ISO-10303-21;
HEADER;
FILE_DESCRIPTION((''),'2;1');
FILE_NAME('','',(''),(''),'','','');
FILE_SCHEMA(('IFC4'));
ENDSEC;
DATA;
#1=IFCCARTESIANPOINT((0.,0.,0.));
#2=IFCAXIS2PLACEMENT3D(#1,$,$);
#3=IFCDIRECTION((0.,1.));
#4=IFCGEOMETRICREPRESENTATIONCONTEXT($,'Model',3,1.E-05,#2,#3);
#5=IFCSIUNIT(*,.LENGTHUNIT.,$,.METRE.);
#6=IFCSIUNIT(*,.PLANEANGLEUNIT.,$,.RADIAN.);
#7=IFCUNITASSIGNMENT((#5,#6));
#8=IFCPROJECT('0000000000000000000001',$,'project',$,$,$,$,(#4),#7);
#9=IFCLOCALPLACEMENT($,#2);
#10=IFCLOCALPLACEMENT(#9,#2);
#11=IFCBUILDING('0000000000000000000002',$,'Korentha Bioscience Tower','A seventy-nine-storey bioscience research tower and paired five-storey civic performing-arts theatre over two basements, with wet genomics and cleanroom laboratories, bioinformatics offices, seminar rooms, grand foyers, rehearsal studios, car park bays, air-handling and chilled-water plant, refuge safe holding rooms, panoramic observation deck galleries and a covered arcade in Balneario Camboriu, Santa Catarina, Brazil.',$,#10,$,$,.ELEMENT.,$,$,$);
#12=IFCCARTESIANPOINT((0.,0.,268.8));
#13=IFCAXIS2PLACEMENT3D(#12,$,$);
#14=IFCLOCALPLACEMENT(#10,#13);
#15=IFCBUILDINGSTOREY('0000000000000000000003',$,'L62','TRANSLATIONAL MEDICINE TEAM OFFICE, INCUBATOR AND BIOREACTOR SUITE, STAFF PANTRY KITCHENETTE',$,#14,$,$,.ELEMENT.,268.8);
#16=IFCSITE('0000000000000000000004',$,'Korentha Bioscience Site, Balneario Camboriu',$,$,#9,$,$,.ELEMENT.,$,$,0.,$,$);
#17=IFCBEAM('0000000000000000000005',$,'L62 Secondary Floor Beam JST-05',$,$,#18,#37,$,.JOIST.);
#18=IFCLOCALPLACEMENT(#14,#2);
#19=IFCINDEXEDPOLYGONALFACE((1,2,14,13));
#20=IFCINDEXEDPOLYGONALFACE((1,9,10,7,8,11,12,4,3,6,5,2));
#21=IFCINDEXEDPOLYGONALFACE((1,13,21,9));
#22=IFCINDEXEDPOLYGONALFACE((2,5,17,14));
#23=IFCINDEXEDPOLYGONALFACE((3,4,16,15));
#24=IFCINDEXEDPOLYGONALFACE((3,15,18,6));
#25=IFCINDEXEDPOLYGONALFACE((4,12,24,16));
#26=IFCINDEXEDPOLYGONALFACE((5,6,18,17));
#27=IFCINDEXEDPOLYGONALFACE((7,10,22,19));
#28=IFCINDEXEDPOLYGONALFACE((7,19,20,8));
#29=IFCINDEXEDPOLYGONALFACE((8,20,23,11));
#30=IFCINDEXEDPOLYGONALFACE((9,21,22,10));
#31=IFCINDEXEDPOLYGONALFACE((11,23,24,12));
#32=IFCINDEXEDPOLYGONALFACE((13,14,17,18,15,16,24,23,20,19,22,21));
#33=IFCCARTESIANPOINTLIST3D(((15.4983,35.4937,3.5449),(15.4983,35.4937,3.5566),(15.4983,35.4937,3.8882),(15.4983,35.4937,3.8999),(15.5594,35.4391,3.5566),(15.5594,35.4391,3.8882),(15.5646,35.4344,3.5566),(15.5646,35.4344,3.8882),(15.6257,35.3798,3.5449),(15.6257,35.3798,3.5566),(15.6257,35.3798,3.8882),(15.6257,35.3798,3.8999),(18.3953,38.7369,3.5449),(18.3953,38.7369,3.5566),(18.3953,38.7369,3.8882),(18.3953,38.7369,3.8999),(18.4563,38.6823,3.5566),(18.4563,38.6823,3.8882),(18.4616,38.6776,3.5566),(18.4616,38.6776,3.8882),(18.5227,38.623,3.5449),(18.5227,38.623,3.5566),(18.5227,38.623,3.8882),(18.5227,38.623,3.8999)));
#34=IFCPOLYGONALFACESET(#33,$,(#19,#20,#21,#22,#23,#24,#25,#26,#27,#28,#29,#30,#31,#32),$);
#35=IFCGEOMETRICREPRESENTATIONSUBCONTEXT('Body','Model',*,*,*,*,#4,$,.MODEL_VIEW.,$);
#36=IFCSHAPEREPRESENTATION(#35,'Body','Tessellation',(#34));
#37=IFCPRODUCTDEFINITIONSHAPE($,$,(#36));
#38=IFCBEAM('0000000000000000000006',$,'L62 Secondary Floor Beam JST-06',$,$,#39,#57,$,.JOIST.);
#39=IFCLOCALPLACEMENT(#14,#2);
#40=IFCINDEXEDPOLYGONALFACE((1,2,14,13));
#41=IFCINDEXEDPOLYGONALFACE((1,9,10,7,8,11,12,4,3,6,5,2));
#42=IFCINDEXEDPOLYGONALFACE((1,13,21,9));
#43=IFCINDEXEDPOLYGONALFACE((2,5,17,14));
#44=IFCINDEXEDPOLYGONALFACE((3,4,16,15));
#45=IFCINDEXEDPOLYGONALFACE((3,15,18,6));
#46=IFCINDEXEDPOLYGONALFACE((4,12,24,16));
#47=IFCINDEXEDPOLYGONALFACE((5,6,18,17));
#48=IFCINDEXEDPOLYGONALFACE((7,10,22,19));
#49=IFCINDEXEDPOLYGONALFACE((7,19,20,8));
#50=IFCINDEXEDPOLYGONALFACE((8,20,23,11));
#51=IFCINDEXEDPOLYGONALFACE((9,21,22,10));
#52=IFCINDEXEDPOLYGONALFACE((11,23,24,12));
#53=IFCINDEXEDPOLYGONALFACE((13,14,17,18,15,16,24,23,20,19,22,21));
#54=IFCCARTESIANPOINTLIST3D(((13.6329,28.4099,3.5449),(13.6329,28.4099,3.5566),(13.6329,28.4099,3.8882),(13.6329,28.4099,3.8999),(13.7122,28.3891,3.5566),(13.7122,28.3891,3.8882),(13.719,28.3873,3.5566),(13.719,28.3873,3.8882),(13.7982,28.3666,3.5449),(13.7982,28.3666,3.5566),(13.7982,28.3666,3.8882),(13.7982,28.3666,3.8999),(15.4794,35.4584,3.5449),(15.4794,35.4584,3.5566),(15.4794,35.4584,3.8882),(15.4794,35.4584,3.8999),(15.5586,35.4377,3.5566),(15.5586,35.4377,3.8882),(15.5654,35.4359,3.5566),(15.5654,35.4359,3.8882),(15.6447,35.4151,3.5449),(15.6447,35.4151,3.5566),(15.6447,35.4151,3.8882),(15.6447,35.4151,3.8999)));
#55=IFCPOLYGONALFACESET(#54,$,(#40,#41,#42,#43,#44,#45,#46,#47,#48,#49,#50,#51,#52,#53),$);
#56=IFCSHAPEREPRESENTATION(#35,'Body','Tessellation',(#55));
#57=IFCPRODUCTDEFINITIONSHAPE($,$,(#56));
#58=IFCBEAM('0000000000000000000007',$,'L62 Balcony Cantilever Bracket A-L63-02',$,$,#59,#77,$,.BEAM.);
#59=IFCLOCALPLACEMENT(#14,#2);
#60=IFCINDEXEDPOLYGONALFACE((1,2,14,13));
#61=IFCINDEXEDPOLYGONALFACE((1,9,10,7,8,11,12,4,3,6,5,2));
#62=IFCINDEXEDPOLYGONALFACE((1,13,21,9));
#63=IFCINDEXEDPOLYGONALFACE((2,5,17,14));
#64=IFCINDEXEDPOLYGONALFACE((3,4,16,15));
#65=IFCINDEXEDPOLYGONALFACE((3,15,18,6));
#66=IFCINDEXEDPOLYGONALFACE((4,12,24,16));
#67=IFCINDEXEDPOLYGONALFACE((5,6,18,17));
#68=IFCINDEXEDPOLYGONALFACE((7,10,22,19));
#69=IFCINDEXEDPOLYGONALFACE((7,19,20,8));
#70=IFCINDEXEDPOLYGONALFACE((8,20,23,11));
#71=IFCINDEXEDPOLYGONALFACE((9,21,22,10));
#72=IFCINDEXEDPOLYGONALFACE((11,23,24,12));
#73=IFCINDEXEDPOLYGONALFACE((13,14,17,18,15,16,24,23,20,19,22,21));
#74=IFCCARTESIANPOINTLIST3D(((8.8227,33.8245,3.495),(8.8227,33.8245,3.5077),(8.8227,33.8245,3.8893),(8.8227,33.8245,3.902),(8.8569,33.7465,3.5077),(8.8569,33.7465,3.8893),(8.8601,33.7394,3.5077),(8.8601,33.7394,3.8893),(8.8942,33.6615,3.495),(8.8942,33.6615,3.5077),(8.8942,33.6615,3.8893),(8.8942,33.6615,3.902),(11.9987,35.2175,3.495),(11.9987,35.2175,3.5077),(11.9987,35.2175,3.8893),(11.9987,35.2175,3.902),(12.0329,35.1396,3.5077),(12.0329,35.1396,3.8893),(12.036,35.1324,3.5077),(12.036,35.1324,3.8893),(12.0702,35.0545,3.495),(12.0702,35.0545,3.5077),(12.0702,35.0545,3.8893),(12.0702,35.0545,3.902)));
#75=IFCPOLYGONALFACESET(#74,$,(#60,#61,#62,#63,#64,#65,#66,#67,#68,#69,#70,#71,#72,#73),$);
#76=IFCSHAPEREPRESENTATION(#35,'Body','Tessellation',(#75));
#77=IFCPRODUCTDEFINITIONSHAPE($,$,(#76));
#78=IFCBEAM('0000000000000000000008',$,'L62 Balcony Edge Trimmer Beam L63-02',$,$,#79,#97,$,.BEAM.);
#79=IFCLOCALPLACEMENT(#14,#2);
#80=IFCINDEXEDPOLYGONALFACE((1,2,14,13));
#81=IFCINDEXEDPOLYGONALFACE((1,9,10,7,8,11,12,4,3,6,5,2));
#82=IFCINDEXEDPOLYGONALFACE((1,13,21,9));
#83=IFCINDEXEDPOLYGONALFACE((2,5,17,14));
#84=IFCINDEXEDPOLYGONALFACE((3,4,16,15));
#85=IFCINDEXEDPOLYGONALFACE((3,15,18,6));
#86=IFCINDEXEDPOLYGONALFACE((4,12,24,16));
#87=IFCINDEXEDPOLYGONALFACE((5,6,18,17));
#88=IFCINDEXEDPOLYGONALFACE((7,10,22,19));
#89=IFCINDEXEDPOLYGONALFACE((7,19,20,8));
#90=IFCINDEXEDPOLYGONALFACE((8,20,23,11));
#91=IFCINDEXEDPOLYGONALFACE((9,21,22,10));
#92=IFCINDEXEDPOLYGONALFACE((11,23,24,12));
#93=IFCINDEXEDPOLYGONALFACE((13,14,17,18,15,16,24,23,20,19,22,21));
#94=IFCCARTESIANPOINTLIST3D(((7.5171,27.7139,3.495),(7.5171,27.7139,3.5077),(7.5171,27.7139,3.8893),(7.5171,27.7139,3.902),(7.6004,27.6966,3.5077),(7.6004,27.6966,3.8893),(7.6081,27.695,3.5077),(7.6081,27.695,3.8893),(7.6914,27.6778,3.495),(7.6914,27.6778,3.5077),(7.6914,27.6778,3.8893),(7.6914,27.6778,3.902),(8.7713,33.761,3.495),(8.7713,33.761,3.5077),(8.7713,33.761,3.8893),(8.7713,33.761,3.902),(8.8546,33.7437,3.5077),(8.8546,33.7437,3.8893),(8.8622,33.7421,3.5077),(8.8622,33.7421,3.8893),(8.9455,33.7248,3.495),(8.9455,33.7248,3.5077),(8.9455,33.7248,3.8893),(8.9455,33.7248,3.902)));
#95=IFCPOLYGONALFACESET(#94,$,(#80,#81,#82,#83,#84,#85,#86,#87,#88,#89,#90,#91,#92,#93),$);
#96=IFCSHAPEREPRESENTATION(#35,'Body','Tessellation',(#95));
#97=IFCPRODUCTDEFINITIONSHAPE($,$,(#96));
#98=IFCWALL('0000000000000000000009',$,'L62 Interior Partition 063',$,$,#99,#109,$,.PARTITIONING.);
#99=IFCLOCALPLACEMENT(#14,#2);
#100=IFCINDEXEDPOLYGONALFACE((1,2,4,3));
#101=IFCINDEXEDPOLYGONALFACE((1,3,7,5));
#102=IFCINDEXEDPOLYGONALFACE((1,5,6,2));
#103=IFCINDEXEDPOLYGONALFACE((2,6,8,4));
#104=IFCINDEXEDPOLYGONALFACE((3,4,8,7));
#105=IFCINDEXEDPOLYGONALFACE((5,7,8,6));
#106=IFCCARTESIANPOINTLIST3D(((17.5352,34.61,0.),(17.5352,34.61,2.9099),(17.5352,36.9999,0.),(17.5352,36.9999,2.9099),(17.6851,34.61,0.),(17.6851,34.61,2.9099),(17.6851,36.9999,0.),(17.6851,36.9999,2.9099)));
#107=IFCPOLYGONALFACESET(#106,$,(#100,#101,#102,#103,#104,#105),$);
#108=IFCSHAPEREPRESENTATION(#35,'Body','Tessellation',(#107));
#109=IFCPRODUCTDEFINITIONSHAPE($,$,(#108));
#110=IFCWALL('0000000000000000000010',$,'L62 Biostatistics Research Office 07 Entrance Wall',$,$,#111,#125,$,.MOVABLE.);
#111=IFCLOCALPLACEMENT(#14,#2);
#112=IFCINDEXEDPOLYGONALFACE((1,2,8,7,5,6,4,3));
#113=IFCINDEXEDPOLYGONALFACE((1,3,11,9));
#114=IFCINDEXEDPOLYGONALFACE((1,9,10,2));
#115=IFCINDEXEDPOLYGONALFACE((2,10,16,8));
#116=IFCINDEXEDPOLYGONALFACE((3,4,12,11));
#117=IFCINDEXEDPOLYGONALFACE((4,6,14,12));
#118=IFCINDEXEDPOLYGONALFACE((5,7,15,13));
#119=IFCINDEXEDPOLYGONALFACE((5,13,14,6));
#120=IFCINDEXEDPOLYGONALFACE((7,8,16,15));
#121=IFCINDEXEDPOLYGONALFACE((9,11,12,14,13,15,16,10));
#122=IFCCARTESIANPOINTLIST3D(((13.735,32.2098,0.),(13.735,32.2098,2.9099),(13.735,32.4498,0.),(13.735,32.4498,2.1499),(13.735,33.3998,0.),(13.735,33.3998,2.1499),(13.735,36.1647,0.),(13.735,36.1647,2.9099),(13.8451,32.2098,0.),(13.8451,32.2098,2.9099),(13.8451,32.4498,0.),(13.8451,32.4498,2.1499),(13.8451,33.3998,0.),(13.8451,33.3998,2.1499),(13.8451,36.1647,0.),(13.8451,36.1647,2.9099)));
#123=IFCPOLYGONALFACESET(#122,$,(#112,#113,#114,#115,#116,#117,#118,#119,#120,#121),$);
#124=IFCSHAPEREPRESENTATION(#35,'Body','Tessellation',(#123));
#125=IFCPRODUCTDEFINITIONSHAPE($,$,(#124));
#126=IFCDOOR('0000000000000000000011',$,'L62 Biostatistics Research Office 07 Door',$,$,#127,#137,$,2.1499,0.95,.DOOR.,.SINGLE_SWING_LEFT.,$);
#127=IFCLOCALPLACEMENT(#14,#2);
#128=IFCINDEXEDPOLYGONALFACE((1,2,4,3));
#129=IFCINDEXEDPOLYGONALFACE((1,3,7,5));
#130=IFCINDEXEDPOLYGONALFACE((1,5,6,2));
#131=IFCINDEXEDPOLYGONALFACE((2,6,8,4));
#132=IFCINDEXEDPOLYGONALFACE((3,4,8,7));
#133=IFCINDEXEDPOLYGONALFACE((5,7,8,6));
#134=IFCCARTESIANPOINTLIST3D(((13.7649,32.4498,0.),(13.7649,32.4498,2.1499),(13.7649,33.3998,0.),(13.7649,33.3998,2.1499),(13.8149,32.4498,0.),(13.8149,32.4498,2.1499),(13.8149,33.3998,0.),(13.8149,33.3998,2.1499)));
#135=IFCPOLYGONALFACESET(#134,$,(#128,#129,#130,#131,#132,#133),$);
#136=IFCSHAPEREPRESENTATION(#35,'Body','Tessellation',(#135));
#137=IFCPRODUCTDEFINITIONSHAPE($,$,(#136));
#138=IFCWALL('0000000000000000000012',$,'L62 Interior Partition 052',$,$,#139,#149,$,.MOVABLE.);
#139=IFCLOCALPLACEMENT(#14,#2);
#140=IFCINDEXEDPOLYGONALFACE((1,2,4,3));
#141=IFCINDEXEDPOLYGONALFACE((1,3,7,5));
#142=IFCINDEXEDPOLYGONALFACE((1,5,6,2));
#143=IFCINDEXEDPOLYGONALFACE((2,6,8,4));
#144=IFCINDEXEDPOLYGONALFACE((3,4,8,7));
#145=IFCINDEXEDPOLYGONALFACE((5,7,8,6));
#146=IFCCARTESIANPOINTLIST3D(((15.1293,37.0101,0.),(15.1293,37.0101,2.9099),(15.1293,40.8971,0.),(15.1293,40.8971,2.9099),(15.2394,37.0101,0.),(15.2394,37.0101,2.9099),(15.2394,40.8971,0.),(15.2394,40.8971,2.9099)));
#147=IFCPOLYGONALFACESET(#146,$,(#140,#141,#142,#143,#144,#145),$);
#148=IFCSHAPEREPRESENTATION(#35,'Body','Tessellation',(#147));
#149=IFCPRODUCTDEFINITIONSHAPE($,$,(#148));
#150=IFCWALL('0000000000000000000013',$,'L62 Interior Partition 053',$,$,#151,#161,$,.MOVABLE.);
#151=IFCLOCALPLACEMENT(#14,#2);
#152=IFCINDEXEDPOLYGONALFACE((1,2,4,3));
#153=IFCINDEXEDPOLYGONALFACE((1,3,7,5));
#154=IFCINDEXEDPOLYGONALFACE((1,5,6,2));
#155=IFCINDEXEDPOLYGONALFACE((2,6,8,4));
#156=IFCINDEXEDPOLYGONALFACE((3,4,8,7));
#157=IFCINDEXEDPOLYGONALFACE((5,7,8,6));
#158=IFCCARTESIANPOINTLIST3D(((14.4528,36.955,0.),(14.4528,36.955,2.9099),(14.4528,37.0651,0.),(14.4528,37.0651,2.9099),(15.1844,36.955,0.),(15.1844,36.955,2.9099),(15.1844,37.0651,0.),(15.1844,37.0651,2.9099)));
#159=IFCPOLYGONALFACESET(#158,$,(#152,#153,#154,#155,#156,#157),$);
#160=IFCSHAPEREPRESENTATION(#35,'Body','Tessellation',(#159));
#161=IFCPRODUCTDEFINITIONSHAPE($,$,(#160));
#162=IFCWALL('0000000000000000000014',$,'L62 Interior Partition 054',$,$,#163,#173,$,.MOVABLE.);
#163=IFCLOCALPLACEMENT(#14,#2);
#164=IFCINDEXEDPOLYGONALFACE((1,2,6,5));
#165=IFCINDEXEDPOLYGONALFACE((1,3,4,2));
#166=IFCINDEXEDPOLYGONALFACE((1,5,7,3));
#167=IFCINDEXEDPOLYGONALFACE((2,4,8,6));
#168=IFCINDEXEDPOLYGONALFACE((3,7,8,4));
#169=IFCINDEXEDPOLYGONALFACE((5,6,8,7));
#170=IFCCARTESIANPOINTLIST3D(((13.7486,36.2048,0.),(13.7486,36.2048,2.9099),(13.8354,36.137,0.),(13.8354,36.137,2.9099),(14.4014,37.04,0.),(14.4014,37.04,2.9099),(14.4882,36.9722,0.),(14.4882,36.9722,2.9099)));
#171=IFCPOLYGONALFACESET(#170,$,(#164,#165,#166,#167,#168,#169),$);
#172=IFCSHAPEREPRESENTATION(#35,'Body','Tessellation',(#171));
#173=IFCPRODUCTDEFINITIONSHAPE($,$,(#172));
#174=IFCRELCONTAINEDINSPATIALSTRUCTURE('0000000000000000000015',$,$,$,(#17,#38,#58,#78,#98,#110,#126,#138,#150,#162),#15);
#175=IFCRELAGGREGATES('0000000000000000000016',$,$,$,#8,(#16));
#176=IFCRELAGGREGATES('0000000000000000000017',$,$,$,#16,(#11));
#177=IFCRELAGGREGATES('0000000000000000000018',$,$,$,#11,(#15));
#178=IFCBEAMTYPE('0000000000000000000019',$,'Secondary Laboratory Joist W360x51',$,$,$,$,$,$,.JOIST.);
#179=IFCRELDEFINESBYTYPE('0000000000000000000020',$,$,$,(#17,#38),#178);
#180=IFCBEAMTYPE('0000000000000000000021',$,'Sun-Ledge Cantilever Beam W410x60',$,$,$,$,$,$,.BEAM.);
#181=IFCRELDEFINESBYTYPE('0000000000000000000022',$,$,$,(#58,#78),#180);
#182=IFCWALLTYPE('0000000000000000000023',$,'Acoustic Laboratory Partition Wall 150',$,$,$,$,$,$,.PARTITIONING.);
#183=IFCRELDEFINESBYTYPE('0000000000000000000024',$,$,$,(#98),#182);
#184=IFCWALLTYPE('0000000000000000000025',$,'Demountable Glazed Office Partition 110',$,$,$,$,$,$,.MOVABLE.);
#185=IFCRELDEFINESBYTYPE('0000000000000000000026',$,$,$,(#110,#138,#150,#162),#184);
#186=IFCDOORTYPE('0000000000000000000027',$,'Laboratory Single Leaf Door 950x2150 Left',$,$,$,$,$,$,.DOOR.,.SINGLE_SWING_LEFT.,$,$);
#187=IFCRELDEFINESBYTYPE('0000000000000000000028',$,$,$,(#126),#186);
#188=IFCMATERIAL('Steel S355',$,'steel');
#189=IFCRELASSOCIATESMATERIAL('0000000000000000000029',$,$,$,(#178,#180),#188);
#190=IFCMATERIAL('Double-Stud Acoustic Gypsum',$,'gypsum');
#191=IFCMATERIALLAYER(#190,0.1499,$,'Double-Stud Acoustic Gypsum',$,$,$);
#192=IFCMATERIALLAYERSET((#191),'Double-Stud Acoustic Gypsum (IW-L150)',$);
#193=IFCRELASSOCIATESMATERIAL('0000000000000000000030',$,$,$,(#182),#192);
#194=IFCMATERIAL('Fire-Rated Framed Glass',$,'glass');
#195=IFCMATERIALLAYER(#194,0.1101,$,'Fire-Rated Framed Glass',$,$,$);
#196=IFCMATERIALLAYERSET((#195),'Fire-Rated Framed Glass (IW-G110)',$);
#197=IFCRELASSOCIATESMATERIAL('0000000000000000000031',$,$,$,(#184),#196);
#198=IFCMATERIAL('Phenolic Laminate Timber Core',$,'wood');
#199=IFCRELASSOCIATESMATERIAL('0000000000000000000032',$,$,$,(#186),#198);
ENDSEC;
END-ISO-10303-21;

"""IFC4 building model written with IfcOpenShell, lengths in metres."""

from ifc_helpers import new_model, si_unit, direction, frame, frame_2d, origin, origin_2d, place, context, subcontext, project, spatial, rectangle, i_section, extrude, material, layer, layer_set, material_profile, profile_set, type_object, element, fill, save


model = new_model("IFC4")

# Units and contexts
model_context = context("Model", 3, precision=1e-05, world=origin(), true_north=direction((0.0, 1.0)))
body_context = subcontext(model_context, "Body", "Model", "MODEL_VIEW")
ifc_project = project(units=[si_unit("LENGTHUNIT", "METRE"), si_unit("PLANEANGLEUNIT", "RADIAN")], contexts=[model_context])

# Site, building, storey
site_placement = place(None, origin())
site = spatial("IfcSite", under=ifc_project, at=site_placement, Name="Korentha Bioscience Site, Balneario Camboriu", CompositionType="ELEMENT", RefElevation=0.0)
building_placement = place(site_placement, origin())
building = spatial("IfcBuilding", under=site, at=building_placement, Name="Korentha Bioscience Tower", Description="A seventy-nine-storey bioscience research tower and paired five-storey civic performing-arts theatre over two basements, with wet genomics and cleanroom laboratories, bioinformatics offices, seminar rooms, grand foyers, rehearsal studios, car park bays, air-handling and chilled-water plant, refuge safe holding rooms, panoramic observation deck galleries and a covered arcade in Balneario Camboriu, Santa Catarina, Brazil.", CompositionType="ELEMENT")
storey_placement = place(building_placement, frame((0.0, 0.0, 268.8)))
storey = spatial("IfcBuildingStorey", under=building, at=storey_placement, Name="L62", Description="TRANSLATIONAL MEDICINE TEAM OFFICE, INCUBATOR AND BIOREACTOR SUITE, STAFF PANTRY KITCHENETTE", CompositionType="ELEMENT", Elevation=268.8)

# Beams
ifc_material_1 = material(Name="Steel S355", Category="steel")
ifc_material_profile_1 = material_profile(ifc_material_1, i_section(OverallWidth=0.1709, OverallDepth=0.355, WebThickness=0.0071, FlangeThickness=0.0117, at=origin_2d()), Name="Steel S355")
ifc_profile_set_1 = profile_set([ifc_material_profile_1], Name="Steel S355 (JB-360)")
beam_type_1 = type_object("IfcBeamType", Name="Secondary Laboratory Joist W360x51", PredefinedType="JOIST", material=ifc_profile_set_1)
beam_1_placement = place(storey_placement, frame((18.459, 38.6799, 3.7224), z_axis=(-0.666181, -0.74579, 0.0), x_axis=(0.74579, -0.666181, 0.0)))
element("IfcBeam", 1, at=beam_1_placement, inside=storey, type_object=beam_type_1, Name="L62 Secondary Floor Beam JST-05", PredefinedType="JOIST", context=body_context, shape_type="SweptSolid", body=[
    extrude(i_section(OverallWidth=0.1709, OverallDepth=0.355, WebThickness=0.0071, FlangeThickness=0.0117, at=origin_2d()), origin(), (0.0, 0.0, 1.0), 4.3486),
])
beam_2_placement = place(storey_placement, frame((15.562, 35.4368, 3.7224), z_axis=(-0.253408, -0.96736, 0.0), x_axis=(0.96736, -0.253408, 0.0)))
element("IfcBeam", 2, at=beam_2_placement, inside=storey, type_object=beam_type_1, Name="L62 Secondary Floor Beam JST-06", PredefinedType="JOIST", context=body_context, shape_type="SweptSolid", body=[
    extrude(i_section(OverallWidth=0.1709, OverallDepth=0.355, WebThickness=0.0071, FlangeThickness=0.0117, at=origin_2d()), origin(), (0.0, 0.0, 1.0), 7.2864),
])
ifc_material_profile_2 = material_profile(ifc_material_1, i_section(OverallWidth=0.178, OverallDepth=0.407, WebThickness=0.0078, FlangeThickness=0.0127, at=origin_2d()), Name="Steel S355")
ifc_profile_set_2 = profile_set([ifc_material_profile_2], Name="Steel S355 (CB-410)")
beam_type_2 = type_object("IfcBeamType", Name="Sun-Ledge Cantilever Beam W410x60", PredefinedType="BEAM", material=ifc_profile_set_2)
beam_3_placement = place(storey_placement, frame((12.0344, 35.136, 3.6985), z_axis=(-0.91578, -0.401679, 0.0), x_axis=(0.401679, -0.91578, 0.0)))
element("IfcBeam", 3, at=beam_3_placement, inside=storey, type_object=beam_type_2, Name="L62 Balcony Cantilever Bracket A-L63-02", PredefinedType="BEAM", context=body_context, shape_type="SweptSolid", body=[
    extrude(i_section(OverallWidth=0.178, OverallDepth=0.407, WebThickness=0.0078, FlangeThickness=0.0127, at=origin_2d()), origin(), (0.0, 0.0, 1.0), 3.468),
])
beam_4_placement = place(storey_placement, frame((8.8584, 33.7429, 3.6985), z_axis=(-0.203075, -0.979163, 0.0), x_axis=(0.979163, -0.203075, 0.0)))
element("IfcBeam", 4, at=beam_4_placement, inside=storey, type_object=beam_type_2, Name="L62 Balcony Edge Trimmer Beam L63-02", PredefinedType="BEAM", context=body_context, shape_type="SweptSolid", body=[
    extrude(i_section(OverallWidth=0.178, OverallDepth=0.407, WebThickness=0.0078, FlangeThickness=0.0127, at=origin_2d()), origin(), (0.0, 0.0, 1.0), 6.1758),
])

# Shared definitions
ifc_material_2 = material(Name="Double-Stud Acoustic Gypsum", Category="gypsum")
ifc_layer_1 = layer(ifc_material_2, 0.1499, Name="Double-Stud Acoustic Gypsum")
ifc_layer_set_1 = layer_set([ifc_layer_1], Name="Double-Stud Acoustic Gypsum (IW-L150)")
wall_type_1 = type_object("IfcWallType", Name="Acoustic Laboratory Partition Wall 150", PredefinedType="PARTITIONING", material=ifc_layer_set_1)
ifc_material_3 = material(Name="Phenolic Laminate Timber Core", Category="wood")

# Wall
wall_1_placement = place(storey_placement, frame((17.6101, 34.6101, 0.0), z_axis=(0.0, 0.0, 1.0), x_axis=(0.0, 1.0, 0.0)))
element("IfcWall", 5, at=wall_1_placement, inside=storey, type_object=wall_type_1, Name="L62 Interior Partition 063", PredefinedType="PARTITIONING", context=body_context, shape_type="SweptSolid", body=[
    extrude(rectangle(XDim=2.3899, YDim=0.1499, at=frame_2d((1.1948, 0.0))), origin(), (0.0, 0.0, 1.0), 2.9099),
])

# Wall, opening, door
ifc_material_4 = material(Name="Fire-Rated Framed Glass", Category="glass")
ifc_layer_2 = layer(ifc_material_4, 0.1101, Name="Fire-Rated Framed Glass")
ifc_layer_set_2 = layer_set([ifc_layer_2], Name="Fire-Rated Framed Glass (IW-G110)")
wall_type_2 = type_object("IfcWallType", Name="Demountable Glazed Office Partition 110", PredefinedType="MOVABLE", material=ifc_layer_set_2)
wall_2_placement = place(storey_placement, frame((13.79, 36.1648, 0.0), z_axis=(0.0, 0.0, 1.0), x_axis=(0.0, -1.0, 0.0)))
wall_2 = element("IfcWall", 6, at=wall_2_placement, inside=storey, type_object=wall_type_2, Name="L62 Biostatistics Research Office 07 Entrance Wall", PredefinedType="MOVABLE", context=body_context, shape_type="SweptSolid", body=[
    extrude(rectangle(XDim=3.9548, YDim=0.1101, at=frame_2d((1.9775, 0.0))), origin(), (0.0, 0.0, 1.0), 2.9099),
])
opening_1_placement = place(wall_2_placement, frame((2.7649, 0.0, 0.0)))
opening_1 = element("IfcOpeningElement", 7, at=opening_1_placement, cuts=wall_2, PredefinedType="OPENING", context=body_context, shape_type="SweptSolid", body=[
    extrude(rectangle(XDim=0.95, YDim=2.1499, at=frame_2d((0.4751, 1.075))), frame((0.0, 0.0698, 0.0), z_axis=(0.0, -1.0, 0.0), x_axis=(1.0, 0.0, 0.0)), (0.0, 0.0, 1.0), 0.1399),
])
door_type_1 = type_object("IfcDoorType", Name="Laboratory Single Leaf Door 950x2150 Left", OperationType="SINGLE_SWING_LEFT", PredefinedType="DOOR", material=ifc_material_3)
door_1_placement = place(opening_1_placement, origin())
door_1 = element("IfcDoor", 8, at=door_1_placement, inside=storey, type_object=door_type_1, Name="L62 Biostatistics Research Office 07 Door", OperationType="SINGLE_SWING_LEFT", OverallHeight=2.1499, OverallWidth=0.95, PredefinedType="DOOR", context=body_context, shape_type="SweptSolid", body=[
    extrude(rectangle(XDim=0.95, YDim=2.1499, at=frame_2d((0.4751, 1.075))), frame((0.0, 0.0249, 0.0), z_axis=(0.0, -1.0, 0.0), x_axis=(1.0, 0.0, 0.0)), (0.0, 0.0, 1.0), 0.05),
])
fill(opening_1, door_1)

# Walls
wall_3_placement = place(storey_placement, frame((15.1843, 40.897, 0.0), z_axis=(0.0, 0.0, 1.0), x_axis=(0.0, -1.0, 0.0)))
element("IfcWall", 9, at=wall_3_placement, inside=storey, type_object=wall_type_2, Name="L62 Interior Partition 052", PredefinedType="MOVABLE", context=body_context, shape_type="SweptSolid", body=[
    extrude(rectangle(XDim=3.887, YDim=0.1101, at=frame_2d((1.9434, 0.0))), origin(), (0.0, 0.0, 1.0), 2.9099),
])
wall_4_placement = place(storey_placement, frame((15.1843, 37.01, 0.0), z_axis=(0.0, 0.0, 1.0), x_axis=(-1.0, 0.0, 0.0)))
element("IfcWall", 10, at=wall_4_placement, inside=storey, type_object=wall_type_2, Name="L62 Interior Partition 053", PredefinedType="MOVABLE", context=body_context, shape_type="SweptSolid", body=[
    extrude(rectangle(XDim=0.7317, YDim=0.1101, at=frame_2d((0.3657, 0.0))), origin(), (0.0, 0.0, 1.0), 2.9099),
])
wall_5_placement = place(storey_placement, frame((14.4448, 37.0061, 0.0), z_axis=(0.0, 0.0, 1.0), x_axis=(-0.615836, -0.787874, 0.0)))
element("IfcWall", 11, at=wall_5_placement, inside=storey, type_object=wall_type_2, Name="L62 Interior Partition 054", PredefinedType="MOVABLE", context=body_context, shape_type="SweptSolid", body=[
    extrude(rectangle(XDim=1.0601, YDim=0.1101, at=frame_2d((0.53, 0.0))), origin(), (0.0, 0.0, 1.0), 2.9099),
])

save(model, "model.ifc")
